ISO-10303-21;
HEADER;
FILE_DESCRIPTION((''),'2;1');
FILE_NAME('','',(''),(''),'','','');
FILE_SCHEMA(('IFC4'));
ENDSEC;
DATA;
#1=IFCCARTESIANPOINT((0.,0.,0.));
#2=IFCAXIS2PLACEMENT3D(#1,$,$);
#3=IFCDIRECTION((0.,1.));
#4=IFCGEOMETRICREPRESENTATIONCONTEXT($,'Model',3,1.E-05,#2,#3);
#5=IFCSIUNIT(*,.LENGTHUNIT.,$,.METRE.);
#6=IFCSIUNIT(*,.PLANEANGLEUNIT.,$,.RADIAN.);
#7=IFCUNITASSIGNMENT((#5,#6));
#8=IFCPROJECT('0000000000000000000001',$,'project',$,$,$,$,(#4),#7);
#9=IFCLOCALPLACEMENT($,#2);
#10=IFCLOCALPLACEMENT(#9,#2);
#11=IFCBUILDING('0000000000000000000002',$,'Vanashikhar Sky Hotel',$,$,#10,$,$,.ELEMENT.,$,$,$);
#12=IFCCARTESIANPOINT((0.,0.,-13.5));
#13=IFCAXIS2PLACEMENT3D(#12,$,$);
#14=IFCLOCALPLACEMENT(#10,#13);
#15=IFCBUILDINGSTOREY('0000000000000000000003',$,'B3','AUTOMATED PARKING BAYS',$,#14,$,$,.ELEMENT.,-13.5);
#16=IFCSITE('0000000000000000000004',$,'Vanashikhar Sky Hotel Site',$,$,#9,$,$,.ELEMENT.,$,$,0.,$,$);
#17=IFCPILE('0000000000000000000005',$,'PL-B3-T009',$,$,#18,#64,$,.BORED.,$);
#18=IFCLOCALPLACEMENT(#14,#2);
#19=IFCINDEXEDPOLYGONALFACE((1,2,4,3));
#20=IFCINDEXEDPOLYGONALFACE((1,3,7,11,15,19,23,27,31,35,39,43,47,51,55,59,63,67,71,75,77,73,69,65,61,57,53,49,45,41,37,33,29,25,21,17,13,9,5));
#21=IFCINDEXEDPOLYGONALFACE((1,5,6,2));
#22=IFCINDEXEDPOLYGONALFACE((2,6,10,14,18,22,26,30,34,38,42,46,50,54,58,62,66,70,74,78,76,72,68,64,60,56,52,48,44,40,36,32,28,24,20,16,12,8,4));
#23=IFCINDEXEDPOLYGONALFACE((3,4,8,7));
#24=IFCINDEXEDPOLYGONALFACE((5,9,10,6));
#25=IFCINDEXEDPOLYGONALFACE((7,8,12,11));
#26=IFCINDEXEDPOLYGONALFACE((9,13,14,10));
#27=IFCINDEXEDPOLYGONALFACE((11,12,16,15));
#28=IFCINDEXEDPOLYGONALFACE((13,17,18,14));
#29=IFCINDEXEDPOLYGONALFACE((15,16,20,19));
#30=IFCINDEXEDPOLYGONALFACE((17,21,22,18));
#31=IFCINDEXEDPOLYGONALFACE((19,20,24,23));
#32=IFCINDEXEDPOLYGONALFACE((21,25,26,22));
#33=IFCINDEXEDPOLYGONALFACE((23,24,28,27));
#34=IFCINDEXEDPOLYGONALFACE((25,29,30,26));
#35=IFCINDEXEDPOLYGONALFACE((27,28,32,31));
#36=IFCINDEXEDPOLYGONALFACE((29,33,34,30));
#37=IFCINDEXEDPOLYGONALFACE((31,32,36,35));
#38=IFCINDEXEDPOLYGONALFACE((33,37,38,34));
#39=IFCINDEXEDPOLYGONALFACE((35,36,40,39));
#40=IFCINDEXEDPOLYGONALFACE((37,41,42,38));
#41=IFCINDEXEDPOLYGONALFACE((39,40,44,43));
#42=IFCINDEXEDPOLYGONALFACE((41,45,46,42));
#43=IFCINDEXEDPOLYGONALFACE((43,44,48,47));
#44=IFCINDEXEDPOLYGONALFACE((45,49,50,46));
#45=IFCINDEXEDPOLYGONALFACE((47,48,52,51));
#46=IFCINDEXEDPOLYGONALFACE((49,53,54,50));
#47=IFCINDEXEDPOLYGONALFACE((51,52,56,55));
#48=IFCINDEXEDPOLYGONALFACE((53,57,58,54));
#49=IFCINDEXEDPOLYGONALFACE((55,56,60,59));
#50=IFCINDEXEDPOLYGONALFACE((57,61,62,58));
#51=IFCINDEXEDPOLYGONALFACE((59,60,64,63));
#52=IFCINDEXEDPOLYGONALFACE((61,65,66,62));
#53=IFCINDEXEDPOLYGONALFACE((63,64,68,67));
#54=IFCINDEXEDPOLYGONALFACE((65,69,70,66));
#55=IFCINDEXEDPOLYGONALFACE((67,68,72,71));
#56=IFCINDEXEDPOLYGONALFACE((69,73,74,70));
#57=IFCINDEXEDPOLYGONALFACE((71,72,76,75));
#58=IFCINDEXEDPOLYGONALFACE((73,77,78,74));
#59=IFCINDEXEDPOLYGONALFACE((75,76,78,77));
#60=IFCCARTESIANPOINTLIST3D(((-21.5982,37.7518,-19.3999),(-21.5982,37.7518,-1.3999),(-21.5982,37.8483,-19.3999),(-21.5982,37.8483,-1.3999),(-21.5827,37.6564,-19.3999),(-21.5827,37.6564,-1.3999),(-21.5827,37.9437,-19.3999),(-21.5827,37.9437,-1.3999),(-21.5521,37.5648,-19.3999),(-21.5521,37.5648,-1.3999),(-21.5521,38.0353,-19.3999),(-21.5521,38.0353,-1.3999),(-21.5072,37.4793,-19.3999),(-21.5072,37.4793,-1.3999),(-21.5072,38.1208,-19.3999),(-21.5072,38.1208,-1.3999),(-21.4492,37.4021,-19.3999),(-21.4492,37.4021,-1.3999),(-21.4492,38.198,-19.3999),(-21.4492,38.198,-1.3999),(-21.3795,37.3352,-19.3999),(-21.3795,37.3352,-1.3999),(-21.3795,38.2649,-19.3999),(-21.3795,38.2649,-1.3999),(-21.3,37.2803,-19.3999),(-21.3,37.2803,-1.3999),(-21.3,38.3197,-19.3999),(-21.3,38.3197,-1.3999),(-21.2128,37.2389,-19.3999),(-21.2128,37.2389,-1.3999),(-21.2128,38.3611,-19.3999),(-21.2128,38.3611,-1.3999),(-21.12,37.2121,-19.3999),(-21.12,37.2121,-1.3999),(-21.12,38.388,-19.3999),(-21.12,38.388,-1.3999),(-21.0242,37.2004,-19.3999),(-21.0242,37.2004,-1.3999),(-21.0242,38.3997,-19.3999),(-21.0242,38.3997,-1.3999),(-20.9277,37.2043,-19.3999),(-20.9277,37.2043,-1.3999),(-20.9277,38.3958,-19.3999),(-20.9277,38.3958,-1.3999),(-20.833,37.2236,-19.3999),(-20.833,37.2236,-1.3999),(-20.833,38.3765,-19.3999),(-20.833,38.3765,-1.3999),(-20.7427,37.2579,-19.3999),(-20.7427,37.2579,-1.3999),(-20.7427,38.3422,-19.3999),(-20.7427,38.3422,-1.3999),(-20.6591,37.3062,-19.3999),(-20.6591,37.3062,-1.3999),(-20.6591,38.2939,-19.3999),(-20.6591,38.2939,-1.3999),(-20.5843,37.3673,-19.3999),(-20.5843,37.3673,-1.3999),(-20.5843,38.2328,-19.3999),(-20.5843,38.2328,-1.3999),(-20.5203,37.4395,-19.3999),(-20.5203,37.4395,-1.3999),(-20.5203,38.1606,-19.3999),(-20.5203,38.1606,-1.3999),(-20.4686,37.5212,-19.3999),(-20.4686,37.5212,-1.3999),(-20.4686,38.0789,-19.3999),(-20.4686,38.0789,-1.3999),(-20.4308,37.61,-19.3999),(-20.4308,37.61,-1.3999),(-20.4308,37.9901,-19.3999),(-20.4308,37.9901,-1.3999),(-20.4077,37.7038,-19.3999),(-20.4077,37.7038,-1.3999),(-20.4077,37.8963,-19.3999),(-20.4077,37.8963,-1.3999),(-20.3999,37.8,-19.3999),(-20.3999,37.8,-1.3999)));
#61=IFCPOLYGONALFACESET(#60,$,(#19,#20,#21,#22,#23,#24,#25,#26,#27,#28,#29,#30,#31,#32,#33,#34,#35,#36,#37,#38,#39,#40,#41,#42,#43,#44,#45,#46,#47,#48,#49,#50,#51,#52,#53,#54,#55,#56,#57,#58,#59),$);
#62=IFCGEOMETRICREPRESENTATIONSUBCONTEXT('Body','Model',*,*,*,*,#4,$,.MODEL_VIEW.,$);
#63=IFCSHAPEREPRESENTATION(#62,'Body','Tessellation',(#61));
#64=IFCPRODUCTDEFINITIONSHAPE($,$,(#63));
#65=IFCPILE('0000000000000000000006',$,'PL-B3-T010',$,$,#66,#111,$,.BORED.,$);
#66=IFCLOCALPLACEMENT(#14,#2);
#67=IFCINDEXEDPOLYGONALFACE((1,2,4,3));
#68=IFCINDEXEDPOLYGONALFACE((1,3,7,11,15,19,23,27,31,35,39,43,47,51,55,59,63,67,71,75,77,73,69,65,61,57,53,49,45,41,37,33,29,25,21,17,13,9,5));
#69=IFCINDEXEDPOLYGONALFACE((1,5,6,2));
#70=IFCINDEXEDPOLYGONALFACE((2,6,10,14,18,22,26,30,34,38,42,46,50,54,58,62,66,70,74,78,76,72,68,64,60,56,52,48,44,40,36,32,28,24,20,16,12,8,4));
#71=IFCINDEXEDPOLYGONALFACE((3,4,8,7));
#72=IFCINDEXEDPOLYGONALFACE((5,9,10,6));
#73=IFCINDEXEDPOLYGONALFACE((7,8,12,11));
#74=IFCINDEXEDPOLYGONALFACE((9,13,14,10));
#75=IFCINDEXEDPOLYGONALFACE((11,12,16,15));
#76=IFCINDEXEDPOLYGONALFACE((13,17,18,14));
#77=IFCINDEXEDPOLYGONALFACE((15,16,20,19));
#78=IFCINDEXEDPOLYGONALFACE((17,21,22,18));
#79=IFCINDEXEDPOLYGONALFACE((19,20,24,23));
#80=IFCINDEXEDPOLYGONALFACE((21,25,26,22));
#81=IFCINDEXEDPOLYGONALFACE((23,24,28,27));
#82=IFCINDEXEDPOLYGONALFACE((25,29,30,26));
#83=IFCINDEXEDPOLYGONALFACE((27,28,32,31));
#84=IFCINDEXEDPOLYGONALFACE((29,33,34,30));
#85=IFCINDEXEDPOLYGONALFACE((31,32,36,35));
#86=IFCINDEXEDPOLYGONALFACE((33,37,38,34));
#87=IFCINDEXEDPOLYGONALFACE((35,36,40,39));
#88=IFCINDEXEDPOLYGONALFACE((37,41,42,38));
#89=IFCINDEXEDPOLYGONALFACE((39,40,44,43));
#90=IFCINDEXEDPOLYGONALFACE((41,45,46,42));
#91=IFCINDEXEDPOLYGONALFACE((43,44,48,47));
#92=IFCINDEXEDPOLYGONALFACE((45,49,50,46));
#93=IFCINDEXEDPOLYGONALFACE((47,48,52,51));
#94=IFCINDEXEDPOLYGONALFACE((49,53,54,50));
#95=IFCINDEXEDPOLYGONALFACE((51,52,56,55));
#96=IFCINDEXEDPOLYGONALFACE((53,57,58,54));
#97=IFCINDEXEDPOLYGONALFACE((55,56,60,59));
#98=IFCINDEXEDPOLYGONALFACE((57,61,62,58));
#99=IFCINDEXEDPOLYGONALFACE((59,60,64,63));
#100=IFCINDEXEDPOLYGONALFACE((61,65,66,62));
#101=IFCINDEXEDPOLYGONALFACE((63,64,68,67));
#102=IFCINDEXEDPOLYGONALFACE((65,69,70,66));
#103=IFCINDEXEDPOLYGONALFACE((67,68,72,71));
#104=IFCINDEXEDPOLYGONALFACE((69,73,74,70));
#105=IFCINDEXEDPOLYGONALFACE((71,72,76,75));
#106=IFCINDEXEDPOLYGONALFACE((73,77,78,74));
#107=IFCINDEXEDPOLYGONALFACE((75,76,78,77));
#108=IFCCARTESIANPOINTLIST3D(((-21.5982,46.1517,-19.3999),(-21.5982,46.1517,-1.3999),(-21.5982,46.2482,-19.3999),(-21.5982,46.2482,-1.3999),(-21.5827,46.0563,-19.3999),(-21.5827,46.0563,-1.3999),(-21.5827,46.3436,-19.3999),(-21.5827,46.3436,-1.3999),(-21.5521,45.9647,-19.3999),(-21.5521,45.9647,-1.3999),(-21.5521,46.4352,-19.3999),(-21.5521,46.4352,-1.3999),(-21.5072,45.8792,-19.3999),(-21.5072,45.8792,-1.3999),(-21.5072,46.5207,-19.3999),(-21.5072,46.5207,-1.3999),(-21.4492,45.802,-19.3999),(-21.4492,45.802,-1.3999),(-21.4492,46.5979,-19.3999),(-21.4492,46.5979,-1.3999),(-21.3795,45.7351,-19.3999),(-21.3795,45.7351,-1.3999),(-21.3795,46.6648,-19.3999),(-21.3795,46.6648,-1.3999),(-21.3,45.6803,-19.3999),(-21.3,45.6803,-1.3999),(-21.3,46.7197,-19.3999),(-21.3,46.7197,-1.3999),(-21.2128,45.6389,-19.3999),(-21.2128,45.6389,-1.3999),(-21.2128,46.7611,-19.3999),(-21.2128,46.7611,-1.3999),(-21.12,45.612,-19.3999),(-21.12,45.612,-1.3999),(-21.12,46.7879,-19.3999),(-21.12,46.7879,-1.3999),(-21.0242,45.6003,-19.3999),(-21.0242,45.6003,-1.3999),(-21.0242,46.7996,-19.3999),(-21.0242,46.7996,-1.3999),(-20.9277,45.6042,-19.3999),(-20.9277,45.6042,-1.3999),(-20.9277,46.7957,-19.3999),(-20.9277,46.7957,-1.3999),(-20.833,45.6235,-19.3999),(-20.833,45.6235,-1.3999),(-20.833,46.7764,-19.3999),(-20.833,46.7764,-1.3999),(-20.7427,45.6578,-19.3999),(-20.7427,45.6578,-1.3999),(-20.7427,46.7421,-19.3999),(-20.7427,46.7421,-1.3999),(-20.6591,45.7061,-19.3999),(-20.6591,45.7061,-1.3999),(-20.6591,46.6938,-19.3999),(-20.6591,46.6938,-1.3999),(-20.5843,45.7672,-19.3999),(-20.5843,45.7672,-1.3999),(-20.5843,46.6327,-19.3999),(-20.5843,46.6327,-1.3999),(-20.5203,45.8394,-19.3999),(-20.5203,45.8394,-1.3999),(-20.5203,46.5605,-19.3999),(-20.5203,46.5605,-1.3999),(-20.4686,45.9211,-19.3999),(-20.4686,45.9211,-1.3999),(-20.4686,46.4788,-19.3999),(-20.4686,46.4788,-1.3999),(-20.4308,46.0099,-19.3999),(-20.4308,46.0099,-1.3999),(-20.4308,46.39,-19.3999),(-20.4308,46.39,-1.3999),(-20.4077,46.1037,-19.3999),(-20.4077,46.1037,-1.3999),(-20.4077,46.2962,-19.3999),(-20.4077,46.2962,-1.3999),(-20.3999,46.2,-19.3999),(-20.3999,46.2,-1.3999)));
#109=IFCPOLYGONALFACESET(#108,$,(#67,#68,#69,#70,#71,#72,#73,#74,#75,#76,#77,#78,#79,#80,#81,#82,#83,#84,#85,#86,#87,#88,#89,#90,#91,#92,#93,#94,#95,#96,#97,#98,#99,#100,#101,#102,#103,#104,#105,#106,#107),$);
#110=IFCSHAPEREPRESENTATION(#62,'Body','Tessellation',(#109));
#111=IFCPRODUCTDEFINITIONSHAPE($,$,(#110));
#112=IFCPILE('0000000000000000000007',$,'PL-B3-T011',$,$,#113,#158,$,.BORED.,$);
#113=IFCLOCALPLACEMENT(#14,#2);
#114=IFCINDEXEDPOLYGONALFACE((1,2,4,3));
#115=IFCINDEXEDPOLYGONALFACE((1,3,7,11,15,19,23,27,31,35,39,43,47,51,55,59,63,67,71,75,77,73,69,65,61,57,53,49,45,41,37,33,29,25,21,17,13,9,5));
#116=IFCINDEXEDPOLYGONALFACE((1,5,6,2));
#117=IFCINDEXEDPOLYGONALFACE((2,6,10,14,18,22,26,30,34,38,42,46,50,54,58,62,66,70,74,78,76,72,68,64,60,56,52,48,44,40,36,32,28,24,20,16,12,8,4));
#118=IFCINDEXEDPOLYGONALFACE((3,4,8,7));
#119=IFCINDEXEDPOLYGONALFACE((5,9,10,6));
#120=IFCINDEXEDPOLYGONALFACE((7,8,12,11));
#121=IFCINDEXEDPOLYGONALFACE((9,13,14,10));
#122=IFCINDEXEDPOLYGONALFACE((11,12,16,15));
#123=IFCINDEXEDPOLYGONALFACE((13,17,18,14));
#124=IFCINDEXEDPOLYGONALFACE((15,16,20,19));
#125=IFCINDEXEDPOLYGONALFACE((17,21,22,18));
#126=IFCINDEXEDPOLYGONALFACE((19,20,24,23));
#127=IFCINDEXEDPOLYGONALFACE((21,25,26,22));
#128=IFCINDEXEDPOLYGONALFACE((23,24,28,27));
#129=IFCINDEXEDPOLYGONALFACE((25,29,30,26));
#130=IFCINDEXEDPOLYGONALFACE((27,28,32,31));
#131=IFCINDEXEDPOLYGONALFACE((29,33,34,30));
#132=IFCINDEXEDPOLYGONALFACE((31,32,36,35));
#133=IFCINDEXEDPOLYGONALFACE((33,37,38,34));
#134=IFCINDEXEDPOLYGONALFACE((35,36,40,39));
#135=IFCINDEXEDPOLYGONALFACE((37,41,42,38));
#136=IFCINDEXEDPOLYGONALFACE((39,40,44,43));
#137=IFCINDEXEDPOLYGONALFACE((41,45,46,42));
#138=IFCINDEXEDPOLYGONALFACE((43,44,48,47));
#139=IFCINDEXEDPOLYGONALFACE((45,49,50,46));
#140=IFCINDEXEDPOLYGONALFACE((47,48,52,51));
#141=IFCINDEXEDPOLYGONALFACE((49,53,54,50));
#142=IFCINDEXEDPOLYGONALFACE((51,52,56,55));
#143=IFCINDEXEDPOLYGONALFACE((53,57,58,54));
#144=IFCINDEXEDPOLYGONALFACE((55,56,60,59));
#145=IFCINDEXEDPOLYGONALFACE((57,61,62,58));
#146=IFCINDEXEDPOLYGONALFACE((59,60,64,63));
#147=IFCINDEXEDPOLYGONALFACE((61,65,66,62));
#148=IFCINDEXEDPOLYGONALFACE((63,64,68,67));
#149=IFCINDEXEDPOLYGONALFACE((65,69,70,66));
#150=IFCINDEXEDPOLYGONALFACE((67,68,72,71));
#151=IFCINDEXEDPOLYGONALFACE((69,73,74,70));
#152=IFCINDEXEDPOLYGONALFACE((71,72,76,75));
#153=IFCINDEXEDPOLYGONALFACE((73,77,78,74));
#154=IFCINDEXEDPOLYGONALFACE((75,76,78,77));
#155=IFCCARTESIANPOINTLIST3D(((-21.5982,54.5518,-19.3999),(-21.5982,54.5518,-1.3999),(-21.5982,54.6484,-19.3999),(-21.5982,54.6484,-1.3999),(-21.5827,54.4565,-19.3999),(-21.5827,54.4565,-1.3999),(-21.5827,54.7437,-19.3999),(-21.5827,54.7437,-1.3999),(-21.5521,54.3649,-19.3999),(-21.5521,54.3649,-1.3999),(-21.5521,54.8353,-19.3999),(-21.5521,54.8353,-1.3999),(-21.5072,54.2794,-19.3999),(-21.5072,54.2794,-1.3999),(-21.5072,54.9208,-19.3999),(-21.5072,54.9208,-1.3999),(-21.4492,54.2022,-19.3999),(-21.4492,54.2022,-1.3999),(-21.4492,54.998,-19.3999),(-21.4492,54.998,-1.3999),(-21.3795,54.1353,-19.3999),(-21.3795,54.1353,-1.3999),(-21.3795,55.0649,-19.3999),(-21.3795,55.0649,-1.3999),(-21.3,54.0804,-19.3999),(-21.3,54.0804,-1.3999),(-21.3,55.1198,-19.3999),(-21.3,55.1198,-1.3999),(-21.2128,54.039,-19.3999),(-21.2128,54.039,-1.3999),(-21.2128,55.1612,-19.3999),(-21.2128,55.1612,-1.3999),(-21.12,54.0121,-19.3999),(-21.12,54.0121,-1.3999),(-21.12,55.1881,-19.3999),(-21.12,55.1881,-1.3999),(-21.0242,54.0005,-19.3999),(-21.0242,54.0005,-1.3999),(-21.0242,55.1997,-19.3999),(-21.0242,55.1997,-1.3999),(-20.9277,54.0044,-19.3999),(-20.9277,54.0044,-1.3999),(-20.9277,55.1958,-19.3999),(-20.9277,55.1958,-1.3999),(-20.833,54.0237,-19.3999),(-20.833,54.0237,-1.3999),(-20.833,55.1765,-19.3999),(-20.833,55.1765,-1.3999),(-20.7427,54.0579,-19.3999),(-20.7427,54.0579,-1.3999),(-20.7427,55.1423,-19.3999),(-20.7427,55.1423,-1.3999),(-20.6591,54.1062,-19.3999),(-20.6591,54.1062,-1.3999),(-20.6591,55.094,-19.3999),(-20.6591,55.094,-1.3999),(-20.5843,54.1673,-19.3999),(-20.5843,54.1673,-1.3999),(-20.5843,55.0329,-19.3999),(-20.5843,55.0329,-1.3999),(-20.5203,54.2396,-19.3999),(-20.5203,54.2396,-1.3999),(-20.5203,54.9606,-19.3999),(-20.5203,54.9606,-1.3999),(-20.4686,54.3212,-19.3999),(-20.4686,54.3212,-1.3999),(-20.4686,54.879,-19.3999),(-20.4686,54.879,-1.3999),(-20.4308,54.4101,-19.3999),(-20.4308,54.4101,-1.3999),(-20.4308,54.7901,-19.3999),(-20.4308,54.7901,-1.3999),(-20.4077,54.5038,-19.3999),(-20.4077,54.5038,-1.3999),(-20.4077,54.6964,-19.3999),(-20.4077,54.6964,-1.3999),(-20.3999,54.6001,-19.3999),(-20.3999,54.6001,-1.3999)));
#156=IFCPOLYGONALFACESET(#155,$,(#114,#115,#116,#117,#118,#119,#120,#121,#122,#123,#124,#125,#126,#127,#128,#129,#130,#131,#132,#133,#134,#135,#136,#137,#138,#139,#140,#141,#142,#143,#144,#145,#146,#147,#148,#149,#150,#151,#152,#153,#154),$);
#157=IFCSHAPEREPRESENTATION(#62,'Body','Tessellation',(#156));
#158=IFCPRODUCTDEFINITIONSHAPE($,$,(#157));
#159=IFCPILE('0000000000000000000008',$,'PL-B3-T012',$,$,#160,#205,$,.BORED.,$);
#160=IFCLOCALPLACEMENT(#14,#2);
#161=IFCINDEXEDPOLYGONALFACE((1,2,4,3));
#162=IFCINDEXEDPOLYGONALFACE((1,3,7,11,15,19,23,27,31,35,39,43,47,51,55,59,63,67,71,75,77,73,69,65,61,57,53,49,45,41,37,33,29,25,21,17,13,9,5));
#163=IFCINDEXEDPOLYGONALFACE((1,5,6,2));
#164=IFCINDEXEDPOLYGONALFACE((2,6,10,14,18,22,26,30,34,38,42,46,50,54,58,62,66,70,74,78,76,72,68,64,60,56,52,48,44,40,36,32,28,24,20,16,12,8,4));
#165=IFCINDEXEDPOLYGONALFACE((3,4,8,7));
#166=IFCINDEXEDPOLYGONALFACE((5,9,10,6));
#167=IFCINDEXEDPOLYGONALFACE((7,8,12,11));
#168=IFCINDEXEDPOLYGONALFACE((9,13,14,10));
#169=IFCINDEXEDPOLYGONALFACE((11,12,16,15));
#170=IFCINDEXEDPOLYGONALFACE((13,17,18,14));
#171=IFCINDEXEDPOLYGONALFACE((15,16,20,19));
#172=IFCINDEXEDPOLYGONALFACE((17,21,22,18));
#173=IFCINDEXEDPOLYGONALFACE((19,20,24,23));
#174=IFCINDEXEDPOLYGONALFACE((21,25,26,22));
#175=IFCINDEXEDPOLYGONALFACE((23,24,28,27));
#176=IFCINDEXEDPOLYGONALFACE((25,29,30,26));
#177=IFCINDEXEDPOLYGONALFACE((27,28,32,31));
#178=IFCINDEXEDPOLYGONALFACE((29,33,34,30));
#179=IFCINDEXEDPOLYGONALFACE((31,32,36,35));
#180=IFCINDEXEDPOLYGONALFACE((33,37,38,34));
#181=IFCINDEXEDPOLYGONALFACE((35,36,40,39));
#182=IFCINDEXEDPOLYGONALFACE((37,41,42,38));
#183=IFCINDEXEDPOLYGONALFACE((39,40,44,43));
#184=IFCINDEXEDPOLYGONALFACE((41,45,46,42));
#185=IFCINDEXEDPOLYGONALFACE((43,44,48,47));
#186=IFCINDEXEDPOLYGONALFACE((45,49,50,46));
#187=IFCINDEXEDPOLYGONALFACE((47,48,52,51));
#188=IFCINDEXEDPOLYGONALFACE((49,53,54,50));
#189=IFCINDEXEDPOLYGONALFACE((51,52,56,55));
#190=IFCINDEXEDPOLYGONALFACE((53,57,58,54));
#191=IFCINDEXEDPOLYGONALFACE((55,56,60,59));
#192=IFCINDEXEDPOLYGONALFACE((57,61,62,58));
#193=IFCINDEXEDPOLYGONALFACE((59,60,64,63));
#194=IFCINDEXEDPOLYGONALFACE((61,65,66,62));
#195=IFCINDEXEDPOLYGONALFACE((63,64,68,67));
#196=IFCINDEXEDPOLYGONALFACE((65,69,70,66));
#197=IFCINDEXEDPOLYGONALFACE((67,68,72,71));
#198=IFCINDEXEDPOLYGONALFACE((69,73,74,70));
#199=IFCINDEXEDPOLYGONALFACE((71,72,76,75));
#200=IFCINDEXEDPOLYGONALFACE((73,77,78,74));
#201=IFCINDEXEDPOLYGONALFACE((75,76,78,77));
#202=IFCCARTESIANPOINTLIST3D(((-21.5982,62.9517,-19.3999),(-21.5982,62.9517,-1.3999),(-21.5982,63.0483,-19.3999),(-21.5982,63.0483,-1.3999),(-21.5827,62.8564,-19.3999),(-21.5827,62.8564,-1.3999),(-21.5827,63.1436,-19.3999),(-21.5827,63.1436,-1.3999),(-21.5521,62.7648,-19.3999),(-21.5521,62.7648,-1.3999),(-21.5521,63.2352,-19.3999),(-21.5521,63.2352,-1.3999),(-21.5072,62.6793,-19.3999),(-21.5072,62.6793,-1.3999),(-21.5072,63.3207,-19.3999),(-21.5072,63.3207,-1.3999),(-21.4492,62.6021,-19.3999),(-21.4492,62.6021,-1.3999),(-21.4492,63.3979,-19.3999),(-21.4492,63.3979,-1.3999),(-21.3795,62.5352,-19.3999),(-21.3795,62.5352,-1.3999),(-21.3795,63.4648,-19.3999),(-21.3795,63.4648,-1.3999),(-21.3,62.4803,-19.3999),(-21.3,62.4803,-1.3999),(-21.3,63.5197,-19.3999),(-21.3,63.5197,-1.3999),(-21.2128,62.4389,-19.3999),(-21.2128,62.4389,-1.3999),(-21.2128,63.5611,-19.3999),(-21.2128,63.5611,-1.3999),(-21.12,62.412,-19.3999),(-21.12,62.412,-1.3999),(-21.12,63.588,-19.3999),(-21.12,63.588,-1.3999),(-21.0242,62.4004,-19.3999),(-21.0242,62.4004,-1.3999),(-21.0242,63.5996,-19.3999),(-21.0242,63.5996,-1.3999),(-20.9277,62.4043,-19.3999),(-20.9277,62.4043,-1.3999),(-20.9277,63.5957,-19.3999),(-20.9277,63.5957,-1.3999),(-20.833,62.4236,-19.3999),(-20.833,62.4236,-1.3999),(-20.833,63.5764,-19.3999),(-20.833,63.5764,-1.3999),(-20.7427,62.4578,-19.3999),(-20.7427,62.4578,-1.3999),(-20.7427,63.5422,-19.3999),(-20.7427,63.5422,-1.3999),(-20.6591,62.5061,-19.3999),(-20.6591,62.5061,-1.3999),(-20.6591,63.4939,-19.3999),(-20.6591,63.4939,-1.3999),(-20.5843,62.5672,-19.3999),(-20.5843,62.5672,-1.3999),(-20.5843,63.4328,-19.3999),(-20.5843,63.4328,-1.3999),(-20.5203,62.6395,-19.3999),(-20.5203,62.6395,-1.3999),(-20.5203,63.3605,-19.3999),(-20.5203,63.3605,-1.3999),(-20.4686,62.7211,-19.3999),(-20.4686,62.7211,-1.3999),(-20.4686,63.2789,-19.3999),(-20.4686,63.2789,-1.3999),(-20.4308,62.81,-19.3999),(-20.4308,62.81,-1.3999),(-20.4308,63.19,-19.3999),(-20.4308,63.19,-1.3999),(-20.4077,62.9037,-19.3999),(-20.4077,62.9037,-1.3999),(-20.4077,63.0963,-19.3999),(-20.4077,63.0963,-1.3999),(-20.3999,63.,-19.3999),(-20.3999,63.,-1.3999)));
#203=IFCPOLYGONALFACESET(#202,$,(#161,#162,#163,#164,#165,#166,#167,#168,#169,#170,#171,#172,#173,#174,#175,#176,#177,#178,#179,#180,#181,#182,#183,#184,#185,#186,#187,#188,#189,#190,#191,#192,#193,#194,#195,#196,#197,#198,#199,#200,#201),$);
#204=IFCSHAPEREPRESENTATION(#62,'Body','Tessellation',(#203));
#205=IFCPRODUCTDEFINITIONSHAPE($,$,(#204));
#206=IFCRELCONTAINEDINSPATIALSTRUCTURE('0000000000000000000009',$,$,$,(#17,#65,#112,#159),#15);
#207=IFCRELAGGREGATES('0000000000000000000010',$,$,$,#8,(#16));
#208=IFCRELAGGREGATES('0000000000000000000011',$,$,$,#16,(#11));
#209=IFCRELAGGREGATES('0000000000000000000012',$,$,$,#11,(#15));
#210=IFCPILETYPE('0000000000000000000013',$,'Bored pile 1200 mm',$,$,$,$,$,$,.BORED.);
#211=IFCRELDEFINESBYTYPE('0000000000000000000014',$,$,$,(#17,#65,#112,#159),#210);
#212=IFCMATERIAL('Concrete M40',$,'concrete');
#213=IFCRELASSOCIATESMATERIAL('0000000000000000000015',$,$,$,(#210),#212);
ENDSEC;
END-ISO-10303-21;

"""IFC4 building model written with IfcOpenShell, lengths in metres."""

from ifc_helpers import new_model, si_unit, direction, frame, origin, origin_2d, place, context, subcontext, project, spatial, circle, extrude, source, transform, mapped, material, type_object, element, save


model = new_model("IFC4")

# Units and contexts
model_context = context("Model", 3, precision=1e-05, world=origin(), true_north=direction((0.0, 1.0)))
body_context = subcontext(model_context, "Body", "Model", "MODEL_VIEW")
ifc_project = project(units=[si_unit("LENGTHUNIT", "METRE"), si_unit("PLANEANGLEUNIT", "RADIAN")], contexts=[model_context])

# Site, building, storey
site_placement = place(None, origin())
site = spatial("IfcSite", under=ifc_project, at=site_placement, Name="Vanashikhar Sky Hotel Site", CompositionType="ELEMENT", RefElevation=0.0)
building_placement = place(site_placement, origin())
building = spatial("IfcBuilding", under=site, at=building_placement, Name="Vanashikhar Sky Hotel", CompositionType="ELEMENT")
storey_placement = place(building_placement, frame((0.0, 0.0, -13.5)))
storey = spatial("IfcBuildingStorey", under=building, at=storey_placement, Name="B3", Description="AUTOMATED PARKING BAYS", CompositionType="ELEMENT", Elevation=-13.5)

# Piles
ifc_material_1 = material(Name="Concrete M40", Category="concrete")
pile_type_1 = type_object("IfcPileType", Name="Bored pile 1200 mm", PredefinedType="BORED", material=ifc_material_1)
shared_shape_1 = source(origin(), body_context, "Body", "SweptSolid", [
    extrude(circle(Radius=0.6001, at=origin_2d()), origin(), (0.0, 0.0, 1.0), 18.0),
])
for number, where, z_axis, x_axis, name in (
    (1, (-21.0, 37.8, -1.3999), (0.0, 0.0, -1.0), (1.0, 0.0, 0.0), "PL-B3-T009"),
    (2, (-21.0, 46.2, -1.3999), (0.0, 0.0, -1.0), (1.0, 0.0, 0.0), "PL-B3-T010"),
    (3, (-21.0, 54.6001, -1.3999), (0.0, 0.0, -1.0), (1.0, 0.0, 0.0), "PL-B3-T011"),
    (4, (-21.0, 63.0, -1.3999), (0.0, 0.0, -1.0), (1.0, 0.0, 0.0), "PL-B3-T012"),
):
    element("IfcPile", number, at=place(storey_placement, frame(where, z_axis=z_axis, x_axis=x_axis)), inside=storey, type_object=pile_type_1, Name=name, PredefinedType="BORED", context=body_context, shape_type="MappedRepresentation", body=[
        mapped(shared_shape_1, transform((0.0, 0.0, 0.0), scale=1.0)),
    ])

save(model, "model.ifc")
